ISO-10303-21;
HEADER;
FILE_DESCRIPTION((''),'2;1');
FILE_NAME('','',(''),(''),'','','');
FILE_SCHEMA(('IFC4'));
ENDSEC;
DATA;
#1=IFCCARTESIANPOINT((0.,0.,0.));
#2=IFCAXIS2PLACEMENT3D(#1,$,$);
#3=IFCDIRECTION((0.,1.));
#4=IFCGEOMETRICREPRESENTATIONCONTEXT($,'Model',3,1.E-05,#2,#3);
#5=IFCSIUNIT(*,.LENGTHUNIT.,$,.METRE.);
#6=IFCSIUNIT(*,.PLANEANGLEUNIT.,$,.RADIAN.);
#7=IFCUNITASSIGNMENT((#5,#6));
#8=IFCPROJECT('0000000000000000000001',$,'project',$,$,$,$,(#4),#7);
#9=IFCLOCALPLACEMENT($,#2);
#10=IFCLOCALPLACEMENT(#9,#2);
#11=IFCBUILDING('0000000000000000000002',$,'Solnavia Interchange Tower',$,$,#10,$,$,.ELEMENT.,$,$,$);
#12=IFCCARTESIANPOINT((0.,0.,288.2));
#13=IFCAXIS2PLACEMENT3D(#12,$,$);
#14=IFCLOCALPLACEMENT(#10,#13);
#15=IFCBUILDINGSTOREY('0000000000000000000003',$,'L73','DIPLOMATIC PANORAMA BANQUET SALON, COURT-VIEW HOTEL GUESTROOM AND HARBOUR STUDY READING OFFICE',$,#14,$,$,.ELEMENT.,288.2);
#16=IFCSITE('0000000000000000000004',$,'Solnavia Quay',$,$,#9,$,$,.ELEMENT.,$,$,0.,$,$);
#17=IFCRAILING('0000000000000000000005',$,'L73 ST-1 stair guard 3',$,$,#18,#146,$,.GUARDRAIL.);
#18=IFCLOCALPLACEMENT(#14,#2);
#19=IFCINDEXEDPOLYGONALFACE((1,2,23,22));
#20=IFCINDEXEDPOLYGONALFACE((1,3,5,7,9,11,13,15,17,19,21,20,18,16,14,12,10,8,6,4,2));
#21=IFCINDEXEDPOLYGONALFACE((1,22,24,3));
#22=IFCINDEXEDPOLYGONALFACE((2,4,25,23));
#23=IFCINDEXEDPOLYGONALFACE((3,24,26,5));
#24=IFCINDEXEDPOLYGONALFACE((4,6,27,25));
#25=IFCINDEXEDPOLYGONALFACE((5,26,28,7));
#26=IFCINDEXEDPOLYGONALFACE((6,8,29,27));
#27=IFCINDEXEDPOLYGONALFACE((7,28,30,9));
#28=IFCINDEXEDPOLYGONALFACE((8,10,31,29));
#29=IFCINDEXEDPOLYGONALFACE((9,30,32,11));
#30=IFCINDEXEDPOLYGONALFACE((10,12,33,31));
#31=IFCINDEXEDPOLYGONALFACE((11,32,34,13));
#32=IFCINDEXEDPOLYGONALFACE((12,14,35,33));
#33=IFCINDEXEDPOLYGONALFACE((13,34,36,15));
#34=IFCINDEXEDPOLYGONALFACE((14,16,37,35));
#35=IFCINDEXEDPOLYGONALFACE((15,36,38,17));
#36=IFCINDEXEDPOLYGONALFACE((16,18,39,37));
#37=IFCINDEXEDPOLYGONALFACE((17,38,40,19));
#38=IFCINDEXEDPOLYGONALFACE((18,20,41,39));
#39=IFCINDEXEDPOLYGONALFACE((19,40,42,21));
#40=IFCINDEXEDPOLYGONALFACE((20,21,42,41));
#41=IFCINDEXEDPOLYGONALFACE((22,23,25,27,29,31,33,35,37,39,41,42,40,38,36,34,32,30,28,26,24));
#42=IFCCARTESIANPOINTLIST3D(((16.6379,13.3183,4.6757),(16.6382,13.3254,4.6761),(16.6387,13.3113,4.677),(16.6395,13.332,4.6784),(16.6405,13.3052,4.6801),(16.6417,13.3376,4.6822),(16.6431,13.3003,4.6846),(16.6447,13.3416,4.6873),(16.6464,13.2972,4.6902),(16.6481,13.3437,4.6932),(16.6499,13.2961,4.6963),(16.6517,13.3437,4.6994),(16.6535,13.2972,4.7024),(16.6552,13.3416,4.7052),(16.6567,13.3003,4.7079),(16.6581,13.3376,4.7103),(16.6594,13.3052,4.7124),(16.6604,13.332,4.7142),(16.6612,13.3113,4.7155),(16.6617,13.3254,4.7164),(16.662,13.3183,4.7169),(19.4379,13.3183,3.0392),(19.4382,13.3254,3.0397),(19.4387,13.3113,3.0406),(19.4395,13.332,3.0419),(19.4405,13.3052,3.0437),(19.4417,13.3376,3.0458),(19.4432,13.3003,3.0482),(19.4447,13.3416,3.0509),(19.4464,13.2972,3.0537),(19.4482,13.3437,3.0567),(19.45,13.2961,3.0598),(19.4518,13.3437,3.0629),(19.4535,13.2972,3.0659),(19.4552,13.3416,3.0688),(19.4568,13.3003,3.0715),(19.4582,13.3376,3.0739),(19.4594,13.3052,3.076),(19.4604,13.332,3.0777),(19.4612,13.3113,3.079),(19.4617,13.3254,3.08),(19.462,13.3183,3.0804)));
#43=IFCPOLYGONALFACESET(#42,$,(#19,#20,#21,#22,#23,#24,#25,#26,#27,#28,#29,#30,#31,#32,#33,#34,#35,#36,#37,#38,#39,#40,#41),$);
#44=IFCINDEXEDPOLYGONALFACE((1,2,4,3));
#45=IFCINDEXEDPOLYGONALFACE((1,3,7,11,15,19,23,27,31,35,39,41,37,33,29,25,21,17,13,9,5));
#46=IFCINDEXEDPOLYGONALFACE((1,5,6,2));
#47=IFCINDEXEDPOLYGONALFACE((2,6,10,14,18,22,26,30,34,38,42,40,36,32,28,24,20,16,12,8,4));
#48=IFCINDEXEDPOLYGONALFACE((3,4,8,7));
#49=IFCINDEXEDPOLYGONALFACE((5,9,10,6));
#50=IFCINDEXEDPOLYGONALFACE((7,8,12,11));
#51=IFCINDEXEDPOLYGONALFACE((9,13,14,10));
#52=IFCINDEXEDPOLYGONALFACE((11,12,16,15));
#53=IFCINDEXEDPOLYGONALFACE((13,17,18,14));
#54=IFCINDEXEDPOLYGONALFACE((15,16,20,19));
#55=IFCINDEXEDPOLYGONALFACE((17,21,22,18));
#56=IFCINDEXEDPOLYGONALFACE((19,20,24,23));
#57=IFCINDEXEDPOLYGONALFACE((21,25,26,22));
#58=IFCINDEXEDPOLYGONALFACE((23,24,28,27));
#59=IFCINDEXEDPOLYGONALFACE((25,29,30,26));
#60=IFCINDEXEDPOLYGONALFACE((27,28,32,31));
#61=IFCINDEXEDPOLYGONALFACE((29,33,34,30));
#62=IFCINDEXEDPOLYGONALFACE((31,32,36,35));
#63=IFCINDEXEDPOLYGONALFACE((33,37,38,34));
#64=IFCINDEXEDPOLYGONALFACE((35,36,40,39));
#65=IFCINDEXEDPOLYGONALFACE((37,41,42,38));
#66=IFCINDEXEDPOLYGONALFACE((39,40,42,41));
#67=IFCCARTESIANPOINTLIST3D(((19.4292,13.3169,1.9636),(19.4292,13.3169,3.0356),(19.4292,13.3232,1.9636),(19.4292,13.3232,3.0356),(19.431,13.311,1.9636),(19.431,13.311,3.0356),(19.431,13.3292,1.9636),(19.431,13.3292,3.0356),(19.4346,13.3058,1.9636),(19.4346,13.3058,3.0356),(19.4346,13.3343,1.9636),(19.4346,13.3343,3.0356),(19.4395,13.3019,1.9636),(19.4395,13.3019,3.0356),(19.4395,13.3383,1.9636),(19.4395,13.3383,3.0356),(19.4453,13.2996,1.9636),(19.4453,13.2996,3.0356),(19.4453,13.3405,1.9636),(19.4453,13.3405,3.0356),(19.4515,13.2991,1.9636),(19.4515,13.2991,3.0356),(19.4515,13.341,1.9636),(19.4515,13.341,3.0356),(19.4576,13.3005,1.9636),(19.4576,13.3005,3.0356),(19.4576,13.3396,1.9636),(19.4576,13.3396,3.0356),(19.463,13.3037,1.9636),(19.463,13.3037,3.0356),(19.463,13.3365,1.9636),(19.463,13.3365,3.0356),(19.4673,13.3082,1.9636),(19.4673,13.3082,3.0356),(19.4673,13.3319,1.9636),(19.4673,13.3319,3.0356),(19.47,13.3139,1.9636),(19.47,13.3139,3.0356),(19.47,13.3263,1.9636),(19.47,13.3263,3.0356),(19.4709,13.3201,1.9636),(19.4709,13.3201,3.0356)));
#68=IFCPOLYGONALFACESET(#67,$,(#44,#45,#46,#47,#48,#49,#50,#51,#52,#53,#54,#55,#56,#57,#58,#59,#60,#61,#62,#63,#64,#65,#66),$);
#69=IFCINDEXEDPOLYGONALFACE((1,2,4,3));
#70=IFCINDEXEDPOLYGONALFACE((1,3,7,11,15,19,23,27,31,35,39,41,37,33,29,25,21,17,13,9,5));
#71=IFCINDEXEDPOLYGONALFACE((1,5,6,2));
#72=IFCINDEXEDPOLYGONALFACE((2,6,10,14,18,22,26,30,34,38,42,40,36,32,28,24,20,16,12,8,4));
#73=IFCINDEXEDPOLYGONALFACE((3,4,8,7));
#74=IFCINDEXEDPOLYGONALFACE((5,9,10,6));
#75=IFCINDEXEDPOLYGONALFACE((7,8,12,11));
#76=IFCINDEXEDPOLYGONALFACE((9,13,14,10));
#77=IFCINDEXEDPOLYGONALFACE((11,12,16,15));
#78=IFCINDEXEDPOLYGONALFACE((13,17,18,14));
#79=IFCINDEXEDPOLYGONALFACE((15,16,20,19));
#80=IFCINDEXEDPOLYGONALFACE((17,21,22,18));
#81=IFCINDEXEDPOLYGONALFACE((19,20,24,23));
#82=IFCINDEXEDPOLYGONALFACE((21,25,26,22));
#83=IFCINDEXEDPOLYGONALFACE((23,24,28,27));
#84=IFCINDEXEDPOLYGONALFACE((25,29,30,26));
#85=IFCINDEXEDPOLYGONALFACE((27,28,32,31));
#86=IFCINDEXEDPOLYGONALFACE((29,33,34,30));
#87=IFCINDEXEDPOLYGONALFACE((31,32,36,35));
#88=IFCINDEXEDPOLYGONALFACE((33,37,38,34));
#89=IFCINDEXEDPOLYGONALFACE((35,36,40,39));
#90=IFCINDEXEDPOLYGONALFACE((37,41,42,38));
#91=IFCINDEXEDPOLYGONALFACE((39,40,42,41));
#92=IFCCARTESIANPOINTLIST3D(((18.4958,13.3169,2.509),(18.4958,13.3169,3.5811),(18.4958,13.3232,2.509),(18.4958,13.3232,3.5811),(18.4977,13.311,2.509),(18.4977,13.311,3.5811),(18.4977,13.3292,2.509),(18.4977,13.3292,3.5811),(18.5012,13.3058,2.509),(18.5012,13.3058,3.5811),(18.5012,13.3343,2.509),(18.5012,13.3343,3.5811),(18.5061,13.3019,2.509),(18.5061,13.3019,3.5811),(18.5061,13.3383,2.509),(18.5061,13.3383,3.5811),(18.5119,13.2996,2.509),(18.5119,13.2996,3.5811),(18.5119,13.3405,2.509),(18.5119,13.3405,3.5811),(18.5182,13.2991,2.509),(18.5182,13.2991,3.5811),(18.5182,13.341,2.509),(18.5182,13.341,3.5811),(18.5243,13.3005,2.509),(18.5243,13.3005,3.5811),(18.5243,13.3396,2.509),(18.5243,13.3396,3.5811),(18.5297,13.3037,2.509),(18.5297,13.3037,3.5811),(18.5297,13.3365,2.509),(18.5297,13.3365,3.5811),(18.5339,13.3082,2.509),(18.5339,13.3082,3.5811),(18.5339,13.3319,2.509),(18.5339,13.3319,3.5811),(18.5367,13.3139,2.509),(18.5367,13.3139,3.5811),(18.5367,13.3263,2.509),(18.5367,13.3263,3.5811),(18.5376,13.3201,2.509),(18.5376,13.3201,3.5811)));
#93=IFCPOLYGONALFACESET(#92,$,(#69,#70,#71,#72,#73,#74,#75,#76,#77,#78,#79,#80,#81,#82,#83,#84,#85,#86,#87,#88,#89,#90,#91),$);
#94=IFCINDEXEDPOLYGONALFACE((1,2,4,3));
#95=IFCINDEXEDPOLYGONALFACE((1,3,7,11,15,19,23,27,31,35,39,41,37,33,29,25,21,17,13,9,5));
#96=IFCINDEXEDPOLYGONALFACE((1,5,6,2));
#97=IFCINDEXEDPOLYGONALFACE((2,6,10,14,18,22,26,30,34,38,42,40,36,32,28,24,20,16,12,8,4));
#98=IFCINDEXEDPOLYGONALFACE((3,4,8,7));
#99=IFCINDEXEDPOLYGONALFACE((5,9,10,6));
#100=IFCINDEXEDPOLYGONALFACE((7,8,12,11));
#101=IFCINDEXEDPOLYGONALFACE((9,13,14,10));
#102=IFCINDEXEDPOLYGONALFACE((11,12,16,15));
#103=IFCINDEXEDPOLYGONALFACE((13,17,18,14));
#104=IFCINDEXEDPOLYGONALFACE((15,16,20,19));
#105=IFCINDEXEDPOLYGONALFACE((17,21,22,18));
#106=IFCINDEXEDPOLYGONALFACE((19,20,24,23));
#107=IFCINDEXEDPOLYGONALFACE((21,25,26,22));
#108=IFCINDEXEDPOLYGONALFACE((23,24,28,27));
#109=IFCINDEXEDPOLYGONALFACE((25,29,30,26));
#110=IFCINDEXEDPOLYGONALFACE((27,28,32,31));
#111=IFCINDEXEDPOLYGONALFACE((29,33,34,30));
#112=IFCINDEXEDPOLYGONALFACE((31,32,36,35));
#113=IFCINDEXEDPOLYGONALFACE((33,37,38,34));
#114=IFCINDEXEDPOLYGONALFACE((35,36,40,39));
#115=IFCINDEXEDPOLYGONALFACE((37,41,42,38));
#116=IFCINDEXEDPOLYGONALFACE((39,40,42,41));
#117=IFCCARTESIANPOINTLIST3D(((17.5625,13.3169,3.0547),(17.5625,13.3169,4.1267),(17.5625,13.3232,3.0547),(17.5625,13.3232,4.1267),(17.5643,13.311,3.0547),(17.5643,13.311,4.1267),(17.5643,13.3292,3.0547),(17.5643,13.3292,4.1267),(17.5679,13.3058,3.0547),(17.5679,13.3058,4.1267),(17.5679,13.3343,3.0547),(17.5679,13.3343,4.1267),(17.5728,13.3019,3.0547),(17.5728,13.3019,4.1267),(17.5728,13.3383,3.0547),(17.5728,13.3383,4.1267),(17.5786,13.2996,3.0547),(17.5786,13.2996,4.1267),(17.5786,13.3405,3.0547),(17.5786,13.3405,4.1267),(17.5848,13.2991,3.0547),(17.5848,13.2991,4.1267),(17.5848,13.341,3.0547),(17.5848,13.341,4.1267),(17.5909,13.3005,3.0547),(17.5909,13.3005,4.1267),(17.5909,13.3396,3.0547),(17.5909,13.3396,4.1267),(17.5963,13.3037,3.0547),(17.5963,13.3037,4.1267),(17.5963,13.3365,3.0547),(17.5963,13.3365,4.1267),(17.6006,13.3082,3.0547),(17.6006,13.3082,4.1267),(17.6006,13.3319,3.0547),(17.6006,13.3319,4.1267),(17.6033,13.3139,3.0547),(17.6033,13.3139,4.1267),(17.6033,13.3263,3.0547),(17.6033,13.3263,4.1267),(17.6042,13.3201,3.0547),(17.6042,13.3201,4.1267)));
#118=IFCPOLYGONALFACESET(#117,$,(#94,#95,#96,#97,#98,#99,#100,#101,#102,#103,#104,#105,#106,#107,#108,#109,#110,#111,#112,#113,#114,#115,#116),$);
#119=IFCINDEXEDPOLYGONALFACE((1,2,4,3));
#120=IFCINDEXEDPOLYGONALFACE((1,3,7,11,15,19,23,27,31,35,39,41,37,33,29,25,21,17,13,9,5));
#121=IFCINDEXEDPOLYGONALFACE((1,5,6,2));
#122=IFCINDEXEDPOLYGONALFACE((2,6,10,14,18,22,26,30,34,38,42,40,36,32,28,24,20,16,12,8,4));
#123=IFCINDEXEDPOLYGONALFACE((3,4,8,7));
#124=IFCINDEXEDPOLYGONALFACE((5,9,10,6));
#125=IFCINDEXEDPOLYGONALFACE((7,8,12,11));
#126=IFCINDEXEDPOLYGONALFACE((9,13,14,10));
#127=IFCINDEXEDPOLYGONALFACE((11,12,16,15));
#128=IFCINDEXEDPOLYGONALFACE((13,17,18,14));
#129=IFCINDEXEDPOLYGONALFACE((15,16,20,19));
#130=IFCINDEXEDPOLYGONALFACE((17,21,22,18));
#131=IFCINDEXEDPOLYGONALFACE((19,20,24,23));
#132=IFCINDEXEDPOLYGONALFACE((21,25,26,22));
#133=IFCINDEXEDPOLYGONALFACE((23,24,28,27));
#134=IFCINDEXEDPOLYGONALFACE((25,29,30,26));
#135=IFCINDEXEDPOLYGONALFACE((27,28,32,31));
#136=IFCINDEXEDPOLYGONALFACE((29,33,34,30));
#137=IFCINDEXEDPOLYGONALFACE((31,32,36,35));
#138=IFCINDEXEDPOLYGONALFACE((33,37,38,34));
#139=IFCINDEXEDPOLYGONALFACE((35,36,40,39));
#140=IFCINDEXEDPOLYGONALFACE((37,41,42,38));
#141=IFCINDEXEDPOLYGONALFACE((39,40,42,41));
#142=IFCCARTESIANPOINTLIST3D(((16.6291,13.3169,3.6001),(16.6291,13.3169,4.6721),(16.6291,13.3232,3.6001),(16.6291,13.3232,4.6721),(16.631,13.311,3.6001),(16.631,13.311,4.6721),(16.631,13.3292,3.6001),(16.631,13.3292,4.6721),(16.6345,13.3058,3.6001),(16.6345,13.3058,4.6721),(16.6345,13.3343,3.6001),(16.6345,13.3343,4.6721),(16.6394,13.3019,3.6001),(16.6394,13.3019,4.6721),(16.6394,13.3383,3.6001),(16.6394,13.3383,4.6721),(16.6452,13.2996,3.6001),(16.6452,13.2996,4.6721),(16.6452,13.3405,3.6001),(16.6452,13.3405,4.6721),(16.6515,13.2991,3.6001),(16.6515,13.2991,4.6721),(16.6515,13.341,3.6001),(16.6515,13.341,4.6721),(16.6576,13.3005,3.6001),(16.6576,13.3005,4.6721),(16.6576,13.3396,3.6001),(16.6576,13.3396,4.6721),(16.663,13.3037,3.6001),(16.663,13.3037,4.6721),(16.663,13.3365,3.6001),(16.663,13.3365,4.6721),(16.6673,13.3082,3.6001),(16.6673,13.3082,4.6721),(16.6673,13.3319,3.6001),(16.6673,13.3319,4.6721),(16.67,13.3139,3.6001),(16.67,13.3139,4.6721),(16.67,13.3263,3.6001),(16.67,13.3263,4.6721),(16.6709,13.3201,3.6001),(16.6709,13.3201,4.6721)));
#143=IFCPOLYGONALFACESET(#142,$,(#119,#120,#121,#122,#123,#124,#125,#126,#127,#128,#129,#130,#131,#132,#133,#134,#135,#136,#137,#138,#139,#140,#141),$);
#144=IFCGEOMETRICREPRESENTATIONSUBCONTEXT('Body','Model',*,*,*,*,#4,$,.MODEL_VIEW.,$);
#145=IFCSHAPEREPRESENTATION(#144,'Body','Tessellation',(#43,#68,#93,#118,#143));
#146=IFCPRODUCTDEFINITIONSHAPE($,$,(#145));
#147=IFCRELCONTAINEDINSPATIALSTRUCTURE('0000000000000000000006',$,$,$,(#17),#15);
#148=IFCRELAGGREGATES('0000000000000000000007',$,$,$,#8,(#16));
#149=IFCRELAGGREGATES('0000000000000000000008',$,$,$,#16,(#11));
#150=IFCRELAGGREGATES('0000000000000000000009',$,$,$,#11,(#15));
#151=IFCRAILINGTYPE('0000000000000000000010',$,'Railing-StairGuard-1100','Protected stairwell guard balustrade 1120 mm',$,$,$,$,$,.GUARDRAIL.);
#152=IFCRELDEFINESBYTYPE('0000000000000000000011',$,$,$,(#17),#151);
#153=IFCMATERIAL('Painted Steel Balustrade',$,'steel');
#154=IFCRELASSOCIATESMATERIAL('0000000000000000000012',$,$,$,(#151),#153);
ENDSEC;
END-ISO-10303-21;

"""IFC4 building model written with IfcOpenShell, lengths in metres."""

from ifc_helpers import new_model, si_unit, direction, frame, origin, origin_2d, place, context, subcontext, project, spatial, circle, extrude, material, type_object, element, save


model = new_model("IFC4")

# Units and contexts
model_context = context("Model", 3, precision=1e-05, world=origin(), true_north=direction((0.0, 1.0)))
body_context = subcontext(model_context, "Body", "Model", "MODEL_VIEW")
ifc_project = project(units=[si_unit("LENGTHUNIT", "METRE"), si_unit("PLANEANGLEUNIT", "RADIAN")], contexts=[model_context])

# Site, building, storey
site_placement = place(None, origin())
site = spatial("IfcSite", under=ifc_project, at=site_placement, Name="Solnavia Quay", CompositionType="ELEMENT", RefElevation=0.0)
building_placement = place(site_placement, origin())
building = spatial("IfcBuilding", under=site, at=building_placement, Name="Solnavia Interchange Tower", CompositionType="ELEMENT")
storey_placement = place(building_placement, frame((0.0, 0.0, 288.2)))
storey = spatial("IfcBuildingStorey", under=building, at=storey_placement, Name="L73", Description="DIPLOMATIC PANORAMA BANQUET SALON, COURT-VIEW HOTEL GUESTROOM AND HARBOUR STUDY READING OFFICE", CompositionType="ELEMENT", Elevation=288.2)

# Railing
ifc_material_1 = material(Name="Painted Steel Balustrade", Category="steel")
railing_type_1 = type_object("IfcRailingType", Name="Railing-StairGuard-1100", Description="Protected stairwell guard balustrade 1120 mm", PredefinedType="GUARDRAIL", material=ifc_material_1)
railing_1_placement = place(storey_placement, frame((19.45, 13.3201, 1.9636)))
element("IfcRailing", 1, at=railing_1_placement, inside=storey, type_object=railing_type_1, Name="L73 ST-1 stair guard 3", PredefinedType="GUARDRAIL", context=body_context, shape_type="SweptSolid", body=[
    extrude(circle(Radius=0.0239, at=origin_2d()), frame((0.0, 0.0, 1.0962), z_axis=(-0.863361, 0.0, 0.504587), x_axis=(0.0, -1.0, 0.0)), (0.0, 0.0, 1.0), 3.2432),
    extrude(circle(Radius=0.021, at=origin_2d()), origin(), (0.0, 0.0, 1.0), 1.072),
    extrude(circle(Radius=0.021, at=origin_2d()), frame((-0.9333, 0.0, 0.5454)), (0.0, 0.0, 1.0), 1.072),
    extrude(circle(Radius=0.021, at=origin_2d()), frame((-1.8667, 0.0, 1.0911)), (0.0, 0.0, 1.0), 1.072),
    extrude(circle(Radius=0.021, at=origin_2d()), frame((-2.8, 0.0, 1.6365)), (0.0, 0.0, 1.0), 1.072),
])

save(model, "model.ifc")
